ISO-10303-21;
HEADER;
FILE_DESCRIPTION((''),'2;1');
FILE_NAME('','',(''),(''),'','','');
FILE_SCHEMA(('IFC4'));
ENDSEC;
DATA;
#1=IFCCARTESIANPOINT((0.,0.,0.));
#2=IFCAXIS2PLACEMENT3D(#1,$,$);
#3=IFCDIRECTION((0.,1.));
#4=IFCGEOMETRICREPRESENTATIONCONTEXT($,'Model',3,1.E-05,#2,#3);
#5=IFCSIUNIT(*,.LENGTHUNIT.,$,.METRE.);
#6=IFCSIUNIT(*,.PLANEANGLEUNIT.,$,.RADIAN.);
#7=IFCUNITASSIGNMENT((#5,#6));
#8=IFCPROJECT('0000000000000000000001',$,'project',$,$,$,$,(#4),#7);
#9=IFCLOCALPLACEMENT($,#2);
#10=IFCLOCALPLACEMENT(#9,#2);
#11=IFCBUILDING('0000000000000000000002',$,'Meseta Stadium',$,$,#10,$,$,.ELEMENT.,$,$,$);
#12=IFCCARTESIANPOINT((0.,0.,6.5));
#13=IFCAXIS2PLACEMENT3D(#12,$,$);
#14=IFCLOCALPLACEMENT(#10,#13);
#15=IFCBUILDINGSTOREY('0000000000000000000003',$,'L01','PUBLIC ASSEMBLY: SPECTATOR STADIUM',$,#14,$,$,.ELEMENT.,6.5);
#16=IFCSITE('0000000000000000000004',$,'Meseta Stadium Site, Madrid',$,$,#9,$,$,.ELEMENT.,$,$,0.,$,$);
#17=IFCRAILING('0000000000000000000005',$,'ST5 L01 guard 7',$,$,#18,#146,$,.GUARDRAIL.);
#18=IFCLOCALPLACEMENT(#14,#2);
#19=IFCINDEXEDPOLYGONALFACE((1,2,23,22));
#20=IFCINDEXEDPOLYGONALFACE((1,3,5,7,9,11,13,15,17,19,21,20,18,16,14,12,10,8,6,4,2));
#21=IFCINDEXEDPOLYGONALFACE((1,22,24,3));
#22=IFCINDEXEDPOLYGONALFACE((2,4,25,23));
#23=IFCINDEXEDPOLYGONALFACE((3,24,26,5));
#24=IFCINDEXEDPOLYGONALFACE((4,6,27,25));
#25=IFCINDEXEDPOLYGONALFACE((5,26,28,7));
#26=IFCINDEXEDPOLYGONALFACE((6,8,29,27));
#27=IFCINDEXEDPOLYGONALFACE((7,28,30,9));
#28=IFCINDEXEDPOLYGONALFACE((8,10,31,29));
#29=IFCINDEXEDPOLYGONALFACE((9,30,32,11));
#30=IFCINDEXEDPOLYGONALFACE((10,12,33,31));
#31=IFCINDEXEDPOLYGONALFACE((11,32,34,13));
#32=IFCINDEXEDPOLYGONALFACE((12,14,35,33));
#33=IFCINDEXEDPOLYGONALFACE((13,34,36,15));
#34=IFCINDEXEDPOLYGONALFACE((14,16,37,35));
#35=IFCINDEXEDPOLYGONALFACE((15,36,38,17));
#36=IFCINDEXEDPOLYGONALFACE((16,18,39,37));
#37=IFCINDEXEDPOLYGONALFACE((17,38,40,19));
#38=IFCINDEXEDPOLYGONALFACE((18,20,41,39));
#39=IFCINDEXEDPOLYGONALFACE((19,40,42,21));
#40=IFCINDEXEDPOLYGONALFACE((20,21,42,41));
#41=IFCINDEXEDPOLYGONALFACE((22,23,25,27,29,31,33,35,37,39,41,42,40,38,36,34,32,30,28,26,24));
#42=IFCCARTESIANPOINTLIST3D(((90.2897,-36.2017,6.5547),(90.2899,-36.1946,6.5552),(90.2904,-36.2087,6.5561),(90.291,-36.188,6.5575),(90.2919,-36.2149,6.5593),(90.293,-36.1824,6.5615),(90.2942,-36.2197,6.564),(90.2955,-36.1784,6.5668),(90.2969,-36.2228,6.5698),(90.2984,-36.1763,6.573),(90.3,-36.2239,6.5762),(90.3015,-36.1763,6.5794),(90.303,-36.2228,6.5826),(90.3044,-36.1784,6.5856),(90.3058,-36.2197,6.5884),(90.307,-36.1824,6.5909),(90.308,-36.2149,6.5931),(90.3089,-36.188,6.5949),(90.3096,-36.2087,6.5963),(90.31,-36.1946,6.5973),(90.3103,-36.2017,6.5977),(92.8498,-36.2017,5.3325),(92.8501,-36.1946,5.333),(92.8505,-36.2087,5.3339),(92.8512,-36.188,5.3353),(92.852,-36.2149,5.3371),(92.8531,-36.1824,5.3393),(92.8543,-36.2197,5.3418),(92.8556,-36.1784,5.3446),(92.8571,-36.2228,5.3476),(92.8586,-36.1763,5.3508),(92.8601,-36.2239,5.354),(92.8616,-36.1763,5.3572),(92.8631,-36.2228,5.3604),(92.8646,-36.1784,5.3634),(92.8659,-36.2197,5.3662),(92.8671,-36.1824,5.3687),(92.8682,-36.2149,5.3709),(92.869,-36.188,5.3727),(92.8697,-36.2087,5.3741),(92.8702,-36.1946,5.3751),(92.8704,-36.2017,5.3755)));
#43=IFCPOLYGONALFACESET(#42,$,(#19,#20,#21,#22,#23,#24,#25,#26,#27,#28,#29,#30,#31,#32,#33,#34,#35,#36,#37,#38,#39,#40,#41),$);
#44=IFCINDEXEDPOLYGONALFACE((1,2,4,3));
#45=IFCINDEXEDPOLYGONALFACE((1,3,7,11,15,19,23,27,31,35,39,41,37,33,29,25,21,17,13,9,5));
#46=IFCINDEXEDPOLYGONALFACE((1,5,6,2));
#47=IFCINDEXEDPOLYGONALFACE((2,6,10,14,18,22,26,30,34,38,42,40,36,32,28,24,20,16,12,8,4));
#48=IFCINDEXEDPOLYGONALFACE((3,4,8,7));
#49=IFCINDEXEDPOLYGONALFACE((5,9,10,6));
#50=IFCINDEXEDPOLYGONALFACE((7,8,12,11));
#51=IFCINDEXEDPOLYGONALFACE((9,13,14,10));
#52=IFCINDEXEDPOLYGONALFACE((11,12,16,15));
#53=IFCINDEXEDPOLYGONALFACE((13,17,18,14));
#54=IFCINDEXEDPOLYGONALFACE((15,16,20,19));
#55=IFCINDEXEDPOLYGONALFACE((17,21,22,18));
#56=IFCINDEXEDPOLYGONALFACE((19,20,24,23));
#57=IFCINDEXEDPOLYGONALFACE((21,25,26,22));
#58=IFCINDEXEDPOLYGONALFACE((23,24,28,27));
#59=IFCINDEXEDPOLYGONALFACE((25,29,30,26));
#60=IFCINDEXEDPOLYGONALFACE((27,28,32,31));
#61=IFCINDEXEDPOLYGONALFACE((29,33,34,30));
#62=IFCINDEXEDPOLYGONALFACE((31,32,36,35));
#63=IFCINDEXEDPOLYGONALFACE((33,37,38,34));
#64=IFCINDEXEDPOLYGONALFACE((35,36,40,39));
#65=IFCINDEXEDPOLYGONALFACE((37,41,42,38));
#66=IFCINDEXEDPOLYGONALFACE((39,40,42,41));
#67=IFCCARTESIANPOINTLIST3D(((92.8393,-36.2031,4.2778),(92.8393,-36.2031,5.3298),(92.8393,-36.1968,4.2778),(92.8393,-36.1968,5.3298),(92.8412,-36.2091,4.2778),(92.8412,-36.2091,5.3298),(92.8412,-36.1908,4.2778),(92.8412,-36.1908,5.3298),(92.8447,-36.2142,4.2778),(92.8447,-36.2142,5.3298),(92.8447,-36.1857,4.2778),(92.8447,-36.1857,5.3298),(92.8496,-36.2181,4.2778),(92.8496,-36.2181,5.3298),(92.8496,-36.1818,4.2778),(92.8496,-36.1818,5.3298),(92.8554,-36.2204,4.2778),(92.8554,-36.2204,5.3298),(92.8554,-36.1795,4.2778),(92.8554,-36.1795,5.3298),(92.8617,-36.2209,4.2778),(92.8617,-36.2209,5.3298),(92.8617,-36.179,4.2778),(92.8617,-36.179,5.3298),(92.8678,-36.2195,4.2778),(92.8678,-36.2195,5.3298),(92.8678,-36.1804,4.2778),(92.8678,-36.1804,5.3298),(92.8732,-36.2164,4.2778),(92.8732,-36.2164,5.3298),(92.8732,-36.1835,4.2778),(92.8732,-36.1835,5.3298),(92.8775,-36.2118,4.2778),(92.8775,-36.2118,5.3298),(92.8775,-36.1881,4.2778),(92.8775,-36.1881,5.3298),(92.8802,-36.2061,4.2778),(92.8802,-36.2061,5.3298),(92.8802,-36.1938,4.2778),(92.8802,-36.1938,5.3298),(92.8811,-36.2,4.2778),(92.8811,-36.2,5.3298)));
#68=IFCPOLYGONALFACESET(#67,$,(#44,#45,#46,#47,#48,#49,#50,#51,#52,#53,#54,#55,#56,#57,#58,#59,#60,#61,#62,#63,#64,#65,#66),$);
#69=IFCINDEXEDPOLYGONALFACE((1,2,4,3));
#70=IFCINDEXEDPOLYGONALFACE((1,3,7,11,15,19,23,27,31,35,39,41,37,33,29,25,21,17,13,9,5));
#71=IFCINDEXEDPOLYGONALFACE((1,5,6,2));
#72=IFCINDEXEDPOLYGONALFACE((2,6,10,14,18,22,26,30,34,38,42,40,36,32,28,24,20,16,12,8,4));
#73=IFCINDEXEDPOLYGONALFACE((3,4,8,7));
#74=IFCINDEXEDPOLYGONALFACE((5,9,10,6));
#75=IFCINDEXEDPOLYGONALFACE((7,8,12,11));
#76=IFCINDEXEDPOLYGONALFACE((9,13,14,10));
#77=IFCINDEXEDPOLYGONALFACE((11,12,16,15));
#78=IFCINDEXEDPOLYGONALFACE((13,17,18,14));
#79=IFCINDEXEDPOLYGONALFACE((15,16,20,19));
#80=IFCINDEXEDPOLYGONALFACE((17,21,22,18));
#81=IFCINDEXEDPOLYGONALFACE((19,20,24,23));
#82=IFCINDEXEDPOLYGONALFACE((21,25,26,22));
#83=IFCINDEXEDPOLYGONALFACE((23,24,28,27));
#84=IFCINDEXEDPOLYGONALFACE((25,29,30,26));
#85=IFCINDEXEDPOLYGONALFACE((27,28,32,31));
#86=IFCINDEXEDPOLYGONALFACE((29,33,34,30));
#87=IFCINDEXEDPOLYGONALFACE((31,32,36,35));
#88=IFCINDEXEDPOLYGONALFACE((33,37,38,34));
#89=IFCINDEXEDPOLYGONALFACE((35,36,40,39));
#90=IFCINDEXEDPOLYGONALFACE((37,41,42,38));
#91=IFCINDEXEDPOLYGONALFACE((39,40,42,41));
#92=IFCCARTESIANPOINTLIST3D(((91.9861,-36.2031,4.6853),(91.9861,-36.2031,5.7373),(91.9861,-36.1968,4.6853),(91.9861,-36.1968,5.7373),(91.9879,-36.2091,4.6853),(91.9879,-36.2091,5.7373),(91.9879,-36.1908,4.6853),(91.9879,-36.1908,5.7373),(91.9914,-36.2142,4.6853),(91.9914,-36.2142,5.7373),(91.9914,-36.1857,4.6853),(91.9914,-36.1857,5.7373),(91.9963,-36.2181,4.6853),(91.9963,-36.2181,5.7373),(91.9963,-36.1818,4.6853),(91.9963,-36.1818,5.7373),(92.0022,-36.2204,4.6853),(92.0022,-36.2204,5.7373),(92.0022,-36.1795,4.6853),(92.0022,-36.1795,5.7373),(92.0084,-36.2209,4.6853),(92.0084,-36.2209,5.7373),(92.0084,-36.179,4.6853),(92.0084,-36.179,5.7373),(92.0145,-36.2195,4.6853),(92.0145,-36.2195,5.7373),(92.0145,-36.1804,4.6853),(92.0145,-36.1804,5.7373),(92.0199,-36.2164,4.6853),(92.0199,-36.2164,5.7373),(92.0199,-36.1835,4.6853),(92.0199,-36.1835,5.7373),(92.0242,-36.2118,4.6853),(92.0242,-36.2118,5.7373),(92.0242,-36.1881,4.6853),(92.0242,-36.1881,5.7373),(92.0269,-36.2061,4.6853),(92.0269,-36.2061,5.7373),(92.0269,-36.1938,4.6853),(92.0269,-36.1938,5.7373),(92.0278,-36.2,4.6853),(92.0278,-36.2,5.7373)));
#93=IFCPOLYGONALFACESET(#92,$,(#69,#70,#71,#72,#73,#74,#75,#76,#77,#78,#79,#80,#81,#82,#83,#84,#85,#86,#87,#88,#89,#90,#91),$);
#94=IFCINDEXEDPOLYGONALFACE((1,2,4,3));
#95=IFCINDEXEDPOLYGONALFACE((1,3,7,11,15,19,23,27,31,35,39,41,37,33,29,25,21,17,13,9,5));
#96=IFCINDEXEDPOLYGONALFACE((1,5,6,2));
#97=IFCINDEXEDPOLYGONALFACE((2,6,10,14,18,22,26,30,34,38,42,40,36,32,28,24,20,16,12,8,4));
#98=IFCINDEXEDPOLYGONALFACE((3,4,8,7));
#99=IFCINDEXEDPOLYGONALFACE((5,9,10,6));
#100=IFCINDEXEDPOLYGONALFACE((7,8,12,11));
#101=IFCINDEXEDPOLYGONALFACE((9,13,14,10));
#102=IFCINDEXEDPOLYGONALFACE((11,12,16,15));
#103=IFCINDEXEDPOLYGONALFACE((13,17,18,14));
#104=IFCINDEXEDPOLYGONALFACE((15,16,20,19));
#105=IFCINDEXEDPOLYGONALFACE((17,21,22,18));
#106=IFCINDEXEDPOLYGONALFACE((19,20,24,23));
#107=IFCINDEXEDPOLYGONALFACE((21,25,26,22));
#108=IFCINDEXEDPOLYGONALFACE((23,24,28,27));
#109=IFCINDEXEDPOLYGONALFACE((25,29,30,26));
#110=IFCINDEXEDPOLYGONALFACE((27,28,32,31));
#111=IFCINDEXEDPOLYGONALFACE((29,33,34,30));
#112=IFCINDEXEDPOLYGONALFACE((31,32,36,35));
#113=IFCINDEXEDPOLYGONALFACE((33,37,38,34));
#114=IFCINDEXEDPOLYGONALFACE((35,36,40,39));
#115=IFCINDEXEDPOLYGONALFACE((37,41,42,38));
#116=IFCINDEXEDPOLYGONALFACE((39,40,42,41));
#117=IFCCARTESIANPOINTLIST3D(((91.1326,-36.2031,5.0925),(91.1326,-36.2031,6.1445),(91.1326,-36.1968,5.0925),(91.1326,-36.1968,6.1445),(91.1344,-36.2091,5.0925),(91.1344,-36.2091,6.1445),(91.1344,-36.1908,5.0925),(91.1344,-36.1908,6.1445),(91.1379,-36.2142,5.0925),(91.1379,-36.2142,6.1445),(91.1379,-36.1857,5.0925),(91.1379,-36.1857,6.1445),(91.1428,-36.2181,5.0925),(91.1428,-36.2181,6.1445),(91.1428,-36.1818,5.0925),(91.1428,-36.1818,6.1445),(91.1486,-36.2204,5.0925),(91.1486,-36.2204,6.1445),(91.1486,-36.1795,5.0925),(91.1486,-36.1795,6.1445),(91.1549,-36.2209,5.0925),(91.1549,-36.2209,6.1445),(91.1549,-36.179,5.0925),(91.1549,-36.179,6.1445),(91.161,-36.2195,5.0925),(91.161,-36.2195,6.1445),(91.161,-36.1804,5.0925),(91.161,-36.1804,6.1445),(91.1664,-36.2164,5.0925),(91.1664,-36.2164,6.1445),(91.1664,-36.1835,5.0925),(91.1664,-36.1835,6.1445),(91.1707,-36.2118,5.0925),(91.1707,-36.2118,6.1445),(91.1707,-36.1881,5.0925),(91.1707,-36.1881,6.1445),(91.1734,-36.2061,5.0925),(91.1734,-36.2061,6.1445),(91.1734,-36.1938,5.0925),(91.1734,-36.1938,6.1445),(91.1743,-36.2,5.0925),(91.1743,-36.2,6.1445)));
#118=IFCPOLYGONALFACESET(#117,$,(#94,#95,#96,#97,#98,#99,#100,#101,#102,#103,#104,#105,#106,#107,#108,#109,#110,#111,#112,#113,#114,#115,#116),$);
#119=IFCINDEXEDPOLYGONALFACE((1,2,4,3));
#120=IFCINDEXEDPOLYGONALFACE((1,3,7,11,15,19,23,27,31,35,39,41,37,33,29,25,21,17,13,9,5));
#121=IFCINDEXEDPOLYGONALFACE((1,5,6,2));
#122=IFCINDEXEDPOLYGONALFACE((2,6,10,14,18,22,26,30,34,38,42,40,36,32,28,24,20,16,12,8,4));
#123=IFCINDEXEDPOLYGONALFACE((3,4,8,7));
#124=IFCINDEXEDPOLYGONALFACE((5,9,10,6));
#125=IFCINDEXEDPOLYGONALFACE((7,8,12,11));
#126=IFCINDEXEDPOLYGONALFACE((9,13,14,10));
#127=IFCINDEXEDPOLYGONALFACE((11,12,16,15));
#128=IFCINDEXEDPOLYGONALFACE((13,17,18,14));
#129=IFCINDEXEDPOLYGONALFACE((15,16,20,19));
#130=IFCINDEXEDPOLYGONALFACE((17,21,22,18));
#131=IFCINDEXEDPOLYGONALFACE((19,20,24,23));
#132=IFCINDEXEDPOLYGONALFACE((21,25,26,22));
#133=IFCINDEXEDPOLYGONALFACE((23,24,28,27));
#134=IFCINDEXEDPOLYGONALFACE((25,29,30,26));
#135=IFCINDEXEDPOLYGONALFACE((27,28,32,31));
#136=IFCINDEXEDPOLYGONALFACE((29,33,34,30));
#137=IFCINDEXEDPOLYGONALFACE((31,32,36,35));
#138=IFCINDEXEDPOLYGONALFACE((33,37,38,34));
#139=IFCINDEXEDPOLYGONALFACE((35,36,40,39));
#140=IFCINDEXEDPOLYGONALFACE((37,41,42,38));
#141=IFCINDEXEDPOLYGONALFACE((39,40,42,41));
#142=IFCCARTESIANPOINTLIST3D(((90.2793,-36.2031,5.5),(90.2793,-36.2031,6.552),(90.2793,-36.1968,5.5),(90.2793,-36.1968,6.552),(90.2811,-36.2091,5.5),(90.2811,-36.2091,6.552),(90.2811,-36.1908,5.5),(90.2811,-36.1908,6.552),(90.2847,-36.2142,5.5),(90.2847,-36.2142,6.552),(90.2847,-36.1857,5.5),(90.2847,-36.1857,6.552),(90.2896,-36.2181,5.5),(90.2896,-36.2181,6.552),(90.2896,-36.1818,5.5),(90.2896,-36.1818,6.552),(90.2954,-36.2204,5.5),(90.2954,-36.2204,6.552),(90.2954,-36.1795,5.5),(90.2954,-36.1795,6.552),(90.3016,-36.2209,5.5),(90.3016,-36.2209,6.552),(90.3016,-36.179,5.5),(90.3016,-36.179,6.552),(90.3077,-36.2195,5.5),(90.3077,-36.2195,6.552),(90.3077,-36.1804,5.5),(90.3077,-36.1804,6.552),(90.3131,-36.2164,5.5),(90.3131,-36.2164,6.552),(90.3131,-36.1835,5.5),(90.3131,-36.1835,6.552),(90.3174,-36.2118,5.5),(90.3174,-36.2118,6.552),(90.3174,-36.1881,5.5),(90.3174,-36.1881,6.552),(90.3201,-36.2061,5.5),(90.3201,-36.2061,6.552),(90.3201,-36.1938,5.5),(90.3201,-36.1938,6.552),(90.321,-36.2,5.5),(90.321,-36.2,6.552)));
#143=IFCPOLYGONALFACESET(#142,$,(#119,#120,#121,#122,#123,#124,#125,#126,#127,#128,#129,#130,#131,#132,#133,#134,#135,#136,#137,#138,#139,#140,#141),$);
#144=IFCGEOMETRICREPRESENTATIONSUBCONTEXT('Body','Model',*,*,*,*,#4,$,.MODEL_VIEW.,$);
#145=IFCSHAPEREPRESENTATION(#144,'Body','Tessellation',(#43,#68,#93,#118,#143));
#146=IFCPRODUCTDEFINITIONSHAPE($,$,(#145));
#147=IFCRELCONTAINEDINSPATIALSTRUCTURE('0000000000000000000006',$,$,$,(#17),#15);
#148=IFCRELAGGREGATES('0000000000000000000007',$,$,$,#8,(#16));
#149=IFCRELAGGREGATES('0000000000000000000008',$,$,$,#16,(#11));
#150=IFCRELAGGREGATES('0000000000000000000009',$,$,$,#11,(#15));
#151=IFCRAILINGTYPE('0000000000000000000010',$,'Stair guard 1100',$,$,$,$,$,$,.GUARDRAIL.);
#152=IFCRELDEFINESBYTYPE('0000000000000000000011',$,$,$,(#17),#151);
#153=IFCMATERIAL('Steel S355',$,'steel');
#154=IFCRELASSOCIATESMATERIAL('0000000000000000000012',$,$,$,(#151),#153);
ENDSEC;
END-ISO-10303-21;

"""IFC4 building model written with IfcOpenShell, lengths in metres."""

from ifc_helpers import new_model, si_unit, direction, frame, origin, origin_2d, place, context, subcontext, project, spatial, circle, extrude, material, type_object, element, save


model = new_model("IFC4")

# Units and contexts
model_context = context("Model", 3, precision=1e-05, world=origin(), true_north=direction((0.0, 1.0)))
body_context = subcontext(model_context, "Body", "Model", "MODEL_VIEW")
ifc_project = project(units=[si_unit("LENGTHUNIT", "METRE"), si_unit("PLANEANGLEUNIT", "RADIAN")], contexts=[model_context])

# Site, building, storey
site_placement = place(None, origin())
site = spatial("IfcSite", under=ifc_project, at=site_placement, Name="Meseta Stadium Site, Madrid", CompositionType="ELEMENT", RefElevation=0.0)
building_placement = place(site_placement, origin())
building = spatial("IfcBuilding", under=site, at=building_placement, Name="Meseta Stadium", CompositionType="ELEMENT")
storey_placement = place(building_placement, frame((0.0, 0.0, 6.5)))
storey = spatial("IfcBuildingStorey", under=building, at=storey_placement, Name="L01", Description="PUBLIC ASSEMBLY: SPECTATOR STADIUM", CompositionType="ELEMENT", Elevation=6.5)

# Railing
ifc_material_1 = material(Name="Steel S355", Category="steel")
railing_type_1 = type_object("IfcRailingType", Name="Stair guard 1100", PredefinedType="GUARDRAIL", material=ifc_material_1)
railing_1_placement = place(storey_placement, frame((92.8601, -36.2, 4.2778)))
element("IfcRailing", 1, at=railing_1_placement, inside=storey, type_object=railing_type_1, Name="ST5 L01 guard 7", PredefinedType="GUARDRAIL", context=body_context, shape_type="SweptSolid", body=[
    extrude(circle(Radius=0.0239, at=origin_2d()), frame((0.0, 0.0, 1.0762), z_axis=(-0.902437, 0.0, 0.430822), x_axis=(0.0, -1.0, 0.0)), (0.0, 0.0, 1.0), 2.8369),
    extrude(circle(Radius=0.021, at=origin_2d()), origin(), (0.0, 0.0, 1.0), 1.052),
    extrude(circle(Radius=0.021, at=origin_2d()), frame((-0.8533, 0.0, 0.4075)), (0.0, 0.0, 1.0), 1.052),
    extrude(circle(Radius=0.021, at=origin_2d()), frame((-1.7068, 0.0, 0.8147)), (0.0, 0.0, 1.0), 1.052),
    extrude(circle(Radius=0.021, at=origin_2d()), frame((-2.5601, 0.0, 1.2222)), (0.0, 0.0, 1.0), 1.052),
])

save(model, "model.ifc")
